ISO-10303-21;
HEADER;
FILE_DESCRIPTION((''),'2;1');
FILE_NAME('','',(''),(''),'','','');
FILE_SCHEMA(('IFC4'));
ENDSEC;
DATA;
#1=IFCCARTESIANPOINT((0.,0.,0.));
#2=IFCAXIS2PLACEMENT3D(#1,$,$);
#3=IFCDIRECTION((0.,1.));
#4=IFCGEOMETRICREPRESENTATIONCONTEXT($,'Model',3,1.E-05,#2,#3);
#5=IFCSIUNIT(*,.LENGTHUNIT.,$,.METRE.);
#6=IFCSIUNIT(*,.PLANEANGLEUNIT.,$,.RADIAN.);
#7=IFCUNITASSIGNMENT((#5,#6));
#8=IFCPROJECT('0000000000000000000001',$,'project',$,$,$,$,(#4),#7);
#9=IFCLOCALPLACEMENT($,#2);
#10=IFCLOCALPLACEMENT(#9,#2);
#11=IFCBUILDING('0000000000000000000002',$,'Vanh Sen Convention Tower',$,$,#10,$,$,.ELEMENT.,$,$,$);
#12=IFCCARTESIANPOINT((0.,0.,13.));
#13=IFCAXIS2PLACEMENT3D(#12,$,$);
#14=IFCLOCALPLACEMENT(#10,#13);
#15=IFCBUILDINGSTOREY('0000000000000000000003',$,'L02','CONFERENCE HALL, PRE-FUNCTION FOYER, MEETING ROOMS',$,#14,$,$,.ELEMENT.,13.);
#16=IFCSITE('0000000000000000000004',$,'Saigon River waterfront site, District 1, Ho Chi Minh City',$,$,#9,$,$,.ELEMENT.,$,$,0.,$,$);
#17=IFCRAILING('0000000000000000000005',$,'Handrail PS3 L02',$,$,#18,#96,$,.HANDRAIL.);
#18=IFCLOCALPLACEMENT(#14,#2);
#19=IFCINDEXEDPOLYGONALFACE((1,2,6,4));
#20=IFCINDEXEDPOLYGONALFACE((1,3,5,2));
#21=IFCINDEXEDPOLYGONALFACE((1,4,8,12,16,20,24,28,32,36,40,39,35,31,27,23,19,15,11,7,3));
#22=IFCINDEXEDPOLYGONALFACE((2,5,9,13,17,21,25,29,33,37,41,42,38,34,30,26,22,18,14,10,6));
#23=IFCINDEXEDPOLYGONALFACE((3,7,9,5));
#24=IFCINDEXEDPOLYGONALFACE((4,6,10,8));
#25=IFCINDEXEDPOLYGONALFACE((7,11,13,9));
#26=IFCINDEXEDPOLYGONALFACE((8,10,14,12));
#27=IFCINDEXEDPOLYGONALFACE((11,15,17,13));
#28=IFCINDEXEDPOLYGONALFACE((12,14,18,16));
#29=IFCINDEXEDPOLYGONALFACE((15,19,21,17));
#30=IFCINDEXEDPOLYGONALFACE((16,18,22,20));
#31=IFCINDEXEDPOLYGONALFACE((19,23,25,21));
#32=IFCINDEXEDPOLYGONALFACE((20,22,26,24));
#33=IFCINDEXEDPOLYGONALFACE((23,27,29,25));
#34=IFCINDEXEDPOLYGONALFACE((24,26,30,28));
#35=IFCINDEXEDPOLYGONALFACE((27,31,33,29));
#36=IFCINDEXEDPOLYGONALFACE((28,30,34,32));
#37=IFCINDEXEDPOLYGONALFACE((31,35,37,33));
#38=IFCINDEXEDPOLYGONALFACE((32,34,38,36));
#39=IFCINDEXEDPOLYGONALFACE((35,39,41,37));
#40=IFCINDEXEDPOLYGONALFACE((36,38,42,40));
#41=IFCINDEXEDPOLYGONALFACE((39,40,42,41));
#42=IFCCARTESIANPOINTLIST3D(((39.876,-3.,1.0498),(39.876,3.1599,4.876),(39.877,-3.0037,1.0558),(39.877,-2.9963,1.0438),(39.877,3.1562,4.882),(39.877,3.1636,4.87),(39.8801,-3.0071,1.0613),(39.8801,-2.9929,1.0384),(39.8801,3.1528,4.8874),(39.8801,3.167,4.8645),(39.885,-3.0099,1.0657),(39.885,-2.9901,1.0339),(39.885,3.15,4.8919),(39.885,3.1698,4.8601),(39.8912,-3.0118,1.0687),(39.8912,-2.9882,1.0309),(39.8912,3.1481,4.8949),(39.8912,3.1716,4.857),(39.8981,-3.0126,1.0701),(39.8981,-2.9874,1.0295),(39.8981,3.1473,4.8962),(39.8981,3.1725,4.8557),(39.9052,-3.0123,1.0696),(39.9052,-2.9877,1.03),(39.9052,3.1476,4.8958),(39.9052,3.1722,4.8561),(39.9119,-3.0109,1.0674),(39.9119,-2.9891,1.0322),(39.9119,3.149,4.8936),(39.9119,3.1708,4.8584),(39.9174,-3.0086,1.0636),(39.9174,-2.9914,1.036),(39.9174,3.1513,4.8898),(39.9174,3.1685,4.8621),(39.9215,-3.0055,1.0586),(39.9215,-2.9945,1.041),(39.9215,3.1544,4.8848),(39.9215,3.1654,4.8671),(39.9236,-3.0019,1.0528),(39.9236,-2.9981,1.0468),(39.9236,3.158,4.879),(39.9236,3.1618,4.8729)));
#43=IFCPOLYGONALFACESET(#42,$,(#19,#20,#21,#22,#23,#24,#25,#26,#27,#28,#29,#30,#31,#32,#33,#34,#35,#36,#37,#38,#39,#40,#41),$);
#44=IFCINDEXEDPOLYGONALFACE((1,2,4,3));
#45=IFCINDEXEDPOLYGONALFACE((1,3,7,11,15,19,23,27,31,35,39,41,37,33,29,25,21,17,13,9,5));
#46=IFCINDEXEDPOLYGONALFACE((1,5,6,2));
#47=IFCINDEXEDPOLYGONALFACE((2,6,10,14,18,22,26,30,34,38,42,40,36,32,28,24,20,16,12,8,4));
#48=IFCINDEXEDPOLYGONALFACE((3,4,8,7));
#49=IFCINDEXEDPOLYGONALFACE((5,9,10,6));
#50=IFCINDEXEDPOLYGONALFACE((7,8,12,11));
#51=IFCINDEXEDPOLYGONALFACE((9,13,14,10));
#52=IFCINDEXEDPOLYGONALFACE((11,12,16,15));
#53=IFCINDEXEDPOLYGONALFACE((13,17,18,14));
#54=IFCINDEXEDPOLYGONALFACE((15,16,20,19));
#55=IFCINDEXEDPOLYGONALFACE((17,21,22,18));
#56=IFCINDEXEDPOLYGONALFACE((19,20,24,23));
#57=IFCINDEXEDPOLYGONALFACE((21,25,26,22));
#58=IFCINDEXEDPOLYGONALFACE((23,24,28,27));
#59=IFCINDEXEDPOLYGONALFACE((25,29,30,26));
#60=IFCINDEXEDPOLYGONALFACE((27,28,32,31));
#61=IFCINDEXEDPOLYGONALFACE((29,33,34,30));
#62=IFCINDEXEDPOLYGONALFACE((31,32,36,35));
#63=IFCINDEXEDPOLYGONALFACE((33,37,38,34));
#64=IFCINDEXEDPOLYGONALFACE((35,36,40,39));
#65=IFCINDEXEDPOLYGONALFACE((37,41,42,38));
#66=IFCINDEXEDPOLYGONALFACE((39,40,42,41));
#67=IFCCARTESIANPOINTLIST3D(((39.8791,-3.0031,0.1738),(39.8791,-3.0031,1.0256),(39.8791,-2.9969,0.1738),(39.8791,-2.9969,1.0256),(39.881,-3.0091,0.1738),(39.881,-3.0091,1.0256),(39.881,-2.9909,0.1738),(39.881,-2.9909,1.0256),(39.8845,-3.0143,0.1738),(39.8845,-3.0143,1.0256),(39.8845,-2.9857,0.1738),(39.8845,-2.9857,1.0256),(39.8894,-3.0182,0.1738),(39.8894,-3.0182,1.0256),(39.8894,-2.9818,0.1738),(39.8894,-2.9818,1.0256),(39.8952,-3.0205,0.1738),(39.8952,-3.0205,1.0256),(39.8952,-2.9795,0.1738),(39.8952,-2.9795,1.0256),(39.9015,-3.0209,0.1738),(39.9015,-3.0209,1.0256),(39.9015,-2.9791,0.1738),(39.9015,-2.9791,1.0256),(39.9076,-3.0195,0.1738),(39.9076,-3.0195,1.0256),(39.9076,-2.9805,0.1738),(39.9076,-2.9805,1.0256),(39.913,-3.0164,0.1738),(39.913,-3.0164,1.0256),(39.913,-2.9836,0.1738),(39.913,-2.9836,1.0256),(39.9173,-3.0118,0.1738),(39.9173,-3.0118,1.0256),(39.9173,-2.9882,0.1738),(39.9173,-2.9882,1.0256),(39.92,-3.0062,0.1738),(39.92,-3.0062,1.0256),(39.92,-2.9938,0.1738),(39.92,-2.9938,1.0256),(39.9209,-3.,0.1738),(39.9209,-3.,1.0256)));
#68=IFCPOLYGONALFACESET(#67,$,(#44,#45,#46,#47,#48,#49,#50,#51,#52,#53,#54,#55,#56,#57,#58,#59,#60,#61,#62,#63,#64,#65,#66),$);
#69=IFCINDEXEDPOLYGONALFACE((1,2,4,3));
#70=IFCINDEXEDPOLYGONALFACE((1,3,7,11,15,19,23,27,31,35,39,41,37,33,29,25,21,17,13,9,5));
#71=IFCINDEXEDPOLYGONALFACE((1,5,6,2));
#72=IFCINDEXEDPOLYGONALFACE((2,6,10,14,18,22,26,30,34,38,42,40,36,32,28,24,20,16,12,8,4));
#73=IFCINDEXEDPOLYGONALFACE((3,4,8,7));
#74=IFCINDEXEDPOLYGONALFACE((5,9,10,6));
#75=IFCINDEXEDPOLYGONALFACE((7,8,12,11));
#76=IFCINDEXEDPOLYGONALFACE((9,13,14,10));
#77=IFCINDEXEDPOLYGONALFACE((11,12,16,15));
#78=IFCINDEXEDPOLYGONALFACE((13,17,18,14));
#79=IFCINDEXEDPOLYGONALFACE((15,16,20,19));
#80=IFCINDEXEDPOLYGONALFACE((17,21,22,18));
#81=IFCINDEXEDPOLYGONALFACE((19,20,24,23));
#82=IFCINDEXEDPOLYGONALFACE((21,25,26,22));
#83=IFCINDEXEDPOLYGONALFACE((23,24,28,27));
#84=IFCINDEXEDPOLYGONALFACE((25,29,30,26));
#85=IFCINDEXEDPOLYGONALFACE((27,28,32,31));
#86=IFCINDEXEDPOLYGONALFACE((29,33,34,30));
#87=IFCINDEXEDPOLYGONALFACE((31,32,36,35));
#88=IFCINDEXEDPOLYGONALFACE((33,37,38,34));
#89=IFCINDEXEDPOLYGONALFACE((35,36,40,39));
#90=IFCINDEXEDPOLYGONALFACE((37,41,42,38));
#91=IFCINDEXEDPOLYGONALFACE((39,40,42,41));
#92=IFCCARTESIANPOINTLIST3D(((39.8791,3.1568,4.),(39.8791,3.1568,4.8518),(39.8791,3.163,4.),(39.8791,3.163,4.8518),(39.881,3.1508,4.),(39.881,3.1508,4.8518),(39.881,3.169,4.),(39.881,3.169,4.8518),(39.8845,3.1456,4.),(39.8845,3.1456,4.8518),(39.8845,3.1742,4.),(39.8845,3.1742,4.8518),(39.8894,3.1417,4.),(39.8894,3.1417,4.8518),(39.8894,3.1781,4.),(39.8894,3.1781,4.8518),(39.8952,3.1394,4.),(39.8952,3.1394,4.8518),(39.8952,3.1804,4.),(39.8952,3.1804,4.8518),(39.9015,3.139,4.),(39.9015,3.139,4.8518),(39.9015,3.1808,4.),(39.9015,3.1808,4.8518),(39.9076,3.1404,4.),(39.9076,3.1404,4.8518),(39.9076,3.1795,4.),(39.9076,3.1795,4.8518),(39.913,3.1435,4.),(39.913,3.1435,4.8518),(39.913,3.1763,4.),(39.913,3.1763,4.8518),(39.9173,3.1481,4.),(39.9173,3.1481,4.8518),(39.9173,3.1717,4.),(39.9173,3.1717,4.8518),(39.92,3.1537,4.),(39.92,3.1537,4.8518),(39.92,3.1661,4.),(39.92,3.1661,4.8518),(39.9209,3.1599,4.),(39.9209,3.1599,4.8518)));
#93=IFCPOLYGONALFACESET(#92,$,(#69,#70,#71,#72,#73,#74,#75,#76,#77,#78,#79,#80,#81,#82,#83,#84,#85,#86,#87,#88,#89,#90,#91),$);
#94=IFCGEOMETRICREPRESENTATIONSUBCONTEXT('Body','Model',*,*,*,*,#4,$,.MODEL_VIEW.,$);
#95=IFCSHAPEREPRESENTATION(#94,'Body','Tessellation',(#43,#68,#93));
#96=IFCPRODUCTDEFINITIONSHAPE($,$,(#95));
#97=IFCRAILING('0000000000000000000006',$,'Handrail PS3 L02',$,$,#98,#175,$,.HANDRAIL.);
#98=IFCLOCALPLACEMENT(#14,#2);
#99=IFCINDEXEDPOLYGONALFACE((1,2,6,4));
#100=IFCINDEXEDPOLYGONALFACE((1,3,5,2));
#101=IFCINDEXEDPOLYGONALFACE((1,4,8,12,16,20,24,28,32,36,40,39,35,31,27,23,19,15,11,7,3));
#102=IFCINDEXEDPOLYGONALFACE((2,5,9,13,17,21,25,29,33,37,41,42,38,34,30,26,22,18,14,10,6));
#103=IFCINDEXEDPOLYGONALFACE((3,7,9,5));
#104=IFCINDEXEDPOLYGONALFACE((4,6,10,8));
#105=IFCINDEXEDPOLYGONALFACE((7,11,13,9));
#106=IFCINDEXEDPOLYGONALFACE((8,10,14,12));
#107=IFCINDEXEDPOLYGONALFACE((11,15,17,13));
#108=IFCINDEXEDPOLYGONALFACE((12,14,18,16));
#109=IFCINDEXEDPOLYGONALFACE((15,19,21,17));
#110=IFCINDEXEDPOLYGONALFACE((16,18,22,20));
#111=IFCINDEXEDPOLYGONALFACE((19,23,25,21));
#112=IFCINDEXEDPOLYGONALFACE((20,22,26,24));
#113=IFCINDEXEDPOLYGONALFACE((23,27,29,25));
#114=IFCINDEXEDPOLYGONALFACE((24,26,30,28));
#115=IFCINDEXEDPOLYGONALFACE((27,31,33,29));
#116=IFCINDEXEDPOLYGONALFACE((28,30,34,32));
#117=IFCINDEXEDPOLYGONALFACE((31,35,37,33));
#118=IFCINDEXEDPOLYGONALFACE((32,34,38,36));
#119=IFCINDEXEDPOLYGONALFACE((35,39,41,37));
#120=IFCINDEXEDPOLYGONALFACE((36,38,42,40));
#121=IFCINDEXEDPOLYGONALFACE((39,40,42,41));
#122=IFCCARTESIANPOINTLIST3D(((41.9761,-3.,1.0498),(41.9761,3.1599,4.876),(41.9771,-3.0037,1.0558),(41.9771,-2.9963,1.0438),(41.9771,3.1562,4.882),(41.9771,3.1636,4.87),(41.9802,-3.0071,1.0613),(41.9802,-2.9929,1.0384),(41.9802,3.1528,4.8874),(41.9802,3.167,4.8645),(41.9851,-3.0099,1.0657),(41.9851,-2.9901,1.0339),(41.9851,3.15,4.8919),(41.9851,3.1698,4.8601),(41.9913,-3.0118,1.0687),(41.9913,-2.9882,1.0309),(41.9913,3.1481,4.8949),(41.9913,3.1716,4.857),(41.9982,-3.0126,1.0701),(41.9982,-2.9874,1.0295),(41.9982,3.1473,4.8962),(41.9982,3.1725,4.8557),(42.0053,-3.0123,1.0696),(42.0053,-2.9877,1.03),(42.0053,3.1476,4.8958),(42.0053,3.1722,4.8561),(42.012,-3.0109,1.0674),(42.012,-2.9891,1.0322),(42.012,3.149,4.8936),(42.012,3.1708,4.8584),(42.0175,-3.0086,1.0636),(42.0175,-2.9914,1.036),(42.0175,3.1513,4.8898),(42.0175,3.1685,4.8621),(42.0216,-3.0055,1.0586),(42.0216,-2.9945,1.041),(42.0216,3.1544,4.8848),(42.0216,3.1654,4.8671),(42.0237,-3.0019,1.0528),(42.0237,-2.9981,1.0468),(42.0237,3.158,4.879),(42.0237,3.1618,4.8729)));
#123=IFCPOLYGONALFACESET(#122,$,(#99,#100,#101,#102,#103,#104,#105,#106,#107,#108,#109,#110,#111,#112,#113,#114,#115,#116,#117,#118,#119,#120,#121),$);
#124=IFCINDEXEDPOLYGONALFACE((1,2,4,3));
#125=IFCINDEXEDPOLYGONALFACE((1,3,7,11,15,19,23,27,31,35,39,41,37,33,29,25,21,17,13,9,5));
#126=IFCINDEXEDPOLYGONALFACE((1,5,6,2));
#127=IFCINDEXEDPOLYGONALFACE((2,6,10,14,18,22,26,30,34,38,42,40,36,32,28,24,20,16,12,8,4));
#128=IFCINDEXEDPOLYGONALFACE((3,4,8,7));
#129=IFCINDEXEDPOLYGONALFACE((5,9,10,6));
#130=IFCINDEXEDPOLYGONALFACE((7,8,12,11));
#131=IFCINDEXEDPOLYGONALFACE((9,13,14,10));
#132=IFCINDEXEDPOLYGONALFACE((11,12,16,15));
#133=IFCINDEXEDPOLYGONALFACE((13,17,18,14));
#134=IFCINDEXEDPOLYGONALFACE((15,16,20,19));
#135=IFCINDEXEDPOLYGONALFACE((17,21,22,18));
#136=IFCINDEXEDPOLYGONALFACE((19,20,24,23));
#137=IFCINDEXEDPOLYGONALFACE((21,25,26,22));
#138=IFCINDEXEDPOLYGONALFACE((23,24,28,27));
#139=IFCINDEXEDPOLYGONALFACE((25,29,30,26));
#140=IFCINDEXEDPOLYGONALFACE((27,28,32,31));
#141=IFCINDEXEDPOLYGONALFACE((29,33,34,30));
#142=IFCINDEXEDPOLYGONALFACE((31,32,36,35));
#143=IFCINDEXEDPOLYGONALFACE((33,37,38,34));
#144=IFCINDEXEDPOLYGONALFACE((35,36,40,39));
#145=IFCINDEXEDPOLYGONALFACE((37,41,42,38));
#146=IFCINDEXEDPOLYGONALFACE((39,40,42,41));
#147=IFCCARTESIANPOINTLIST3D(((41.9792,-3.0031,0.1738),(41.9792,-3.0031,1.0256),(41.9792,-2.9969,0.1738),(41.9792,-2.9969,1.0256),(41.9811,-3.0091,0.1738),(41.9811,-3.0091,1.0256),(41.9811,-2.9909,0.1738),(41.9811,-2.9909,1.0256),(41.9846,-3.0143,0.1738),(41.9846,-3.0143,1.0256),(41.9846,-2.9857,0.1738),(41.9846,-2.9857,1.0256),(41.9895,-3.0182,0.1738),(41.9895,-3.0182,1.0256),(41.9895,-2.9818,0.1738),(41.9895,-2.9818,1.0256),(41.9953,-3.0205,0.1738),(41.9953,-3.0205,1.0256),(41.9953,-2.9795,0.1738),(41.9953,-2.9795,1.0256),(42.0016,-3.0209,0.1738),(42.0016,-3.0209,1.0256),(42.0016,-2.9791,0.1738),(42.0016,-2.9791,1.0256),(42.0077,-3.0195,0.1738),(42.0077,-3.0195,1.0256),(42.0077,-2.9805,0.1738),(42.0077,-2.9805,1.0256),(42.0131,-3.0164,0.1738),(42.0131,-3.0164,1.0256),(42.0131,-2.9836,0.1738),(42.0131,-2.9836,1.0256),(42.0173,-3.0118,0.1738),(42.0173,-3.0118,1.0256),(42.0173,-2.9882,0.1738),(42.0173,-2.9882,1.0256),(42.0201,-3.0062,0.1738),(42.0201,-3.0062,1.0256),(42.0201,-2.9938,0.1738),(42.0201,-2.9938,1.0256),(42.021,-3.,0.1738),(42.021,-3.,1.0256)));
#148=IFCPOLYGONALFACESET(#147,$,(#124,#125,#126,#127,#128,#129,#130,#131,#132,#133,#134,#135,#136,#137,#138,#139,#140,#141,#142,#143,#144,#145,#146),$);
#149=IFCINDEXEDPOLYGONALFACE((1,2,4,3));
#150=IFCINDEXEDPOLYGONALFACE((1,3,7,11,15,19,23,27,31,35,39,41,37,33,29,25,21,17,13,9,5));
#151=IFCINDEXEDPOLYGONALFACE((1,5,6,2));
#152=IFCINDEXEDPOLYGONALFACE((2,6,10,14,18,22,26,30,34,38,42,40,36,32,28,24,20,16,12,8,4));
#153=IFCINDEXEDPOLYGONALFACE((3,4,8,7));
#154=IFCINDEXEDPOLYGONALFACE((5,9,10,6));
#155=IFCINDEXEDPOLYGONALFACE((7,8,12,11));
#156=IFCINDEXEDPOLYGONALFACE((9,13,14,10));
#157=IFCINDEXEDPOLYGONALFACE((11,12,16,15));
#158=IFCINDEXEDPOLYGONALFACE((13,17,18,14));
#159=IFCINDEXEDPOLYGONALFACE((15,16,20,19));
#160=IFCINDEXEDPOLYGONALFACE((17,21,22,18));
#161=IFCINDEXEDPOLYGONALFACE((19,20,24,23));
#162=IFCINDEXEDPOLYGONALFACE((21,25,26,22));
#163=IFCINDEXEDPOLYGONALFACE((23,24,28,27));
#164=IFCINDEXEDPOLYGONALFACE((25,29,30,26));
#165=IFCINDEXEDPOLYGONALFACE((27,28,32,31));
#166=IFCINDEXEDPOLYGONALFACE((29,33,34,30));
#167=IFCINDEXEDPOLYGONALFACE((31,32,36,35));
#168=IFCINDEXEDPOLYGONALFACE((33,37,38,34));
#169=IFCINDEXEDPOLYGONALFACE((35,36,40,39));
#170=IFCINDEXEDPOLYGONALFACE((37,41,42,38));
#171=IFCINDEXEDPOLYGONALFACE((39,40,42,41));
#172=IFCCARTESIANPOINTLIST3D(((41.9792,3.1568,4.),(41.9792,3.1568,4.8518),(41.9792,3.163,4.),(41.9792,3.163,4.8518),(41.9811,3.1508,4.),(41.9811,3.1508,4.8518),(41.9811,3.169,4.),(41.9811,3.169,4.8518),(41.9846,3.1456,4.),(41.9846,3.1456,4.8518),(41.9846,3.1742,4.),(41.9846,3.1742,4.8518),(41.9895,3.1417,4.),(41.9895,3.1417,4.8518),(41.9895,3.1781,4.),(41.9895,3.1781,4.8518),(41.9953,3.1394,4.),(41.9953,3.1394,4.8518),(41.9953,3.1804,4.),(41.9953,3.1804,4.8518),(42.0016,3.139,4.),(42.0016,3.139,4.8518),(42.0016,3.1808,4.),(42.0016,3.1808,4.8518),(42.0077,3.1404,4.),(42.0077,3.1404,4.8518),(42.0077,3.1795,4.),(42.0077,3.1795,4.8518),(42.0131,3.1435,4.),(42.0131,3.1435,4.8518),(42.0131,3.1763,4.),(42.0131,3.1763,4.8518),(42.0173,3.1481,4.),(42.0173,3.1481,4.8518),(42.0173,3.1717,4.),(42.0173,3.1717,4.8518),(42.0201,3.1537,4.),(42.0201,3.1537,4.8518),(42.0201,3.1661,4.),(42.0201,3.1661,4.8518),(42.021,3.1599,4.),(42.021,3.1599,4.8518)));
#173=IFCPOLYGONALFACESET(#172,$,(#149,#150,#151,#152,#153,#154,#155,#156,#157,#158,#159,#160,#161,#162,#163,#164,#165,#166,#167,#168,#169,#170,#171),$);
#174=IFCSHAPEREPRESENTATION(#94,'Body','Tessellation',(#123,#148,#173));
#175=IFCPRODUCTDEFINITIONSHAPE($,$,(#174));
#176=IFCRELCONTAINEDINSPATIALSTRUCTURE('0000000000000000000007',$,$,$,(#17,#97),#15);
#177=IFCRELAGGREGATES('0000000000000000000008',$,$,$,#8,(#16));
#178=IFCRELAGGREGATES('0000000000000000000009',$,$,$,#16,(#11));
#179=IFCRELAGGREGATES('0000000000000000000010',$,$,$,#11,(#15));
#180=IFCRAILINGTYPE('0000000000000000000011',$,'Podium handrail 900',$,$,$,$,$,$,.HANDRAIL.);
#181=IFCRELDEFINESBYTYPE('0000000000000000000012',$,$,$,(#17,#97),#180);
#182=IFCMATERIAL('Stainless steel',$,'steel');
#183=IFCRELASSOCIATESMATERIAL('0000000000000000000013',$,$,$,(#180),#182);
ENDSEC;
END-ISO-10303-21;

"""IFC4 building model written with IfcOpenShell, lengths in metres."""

from ifc_helpers import new_model, si_unit, direction, frame, origin, origin_2d, place, context, subcontext, project, spatial, circle, extrude, material, type_object, element, save


model = new_model("IFC4")

# Units and contexts
model_context = context("Model", 3, precision=1e-05, world=origin(), true_north=direction((0.0, 1.0)))
body_context = subcontext(model_context, "Body", "Model", "MODEL_VIEW")
ifc_project = project(units=[si_unit("LENGTHUNIT", "METRE"), si_unit("PLANEANGLEUNIT", "RADIAN")], contexts=[model_context])

# Site, building, storey
site_placement = place(None, origin())
site = spatial("IfcSite", under=ifc_project, at=site_placement, Name="Saigon River waterfront site, District 1, Ho Chi Minh City", CompositionType="ELEMENT", RefElevation=0.0)
building_placement = place(site_placement, origin())
building = spatial("IfcBuilding", under=site, at=building_placement, Name="Vanh Sen Convention Tower", CompositionType="ELEMENT")
storey_placement = place(building_placement, frame((0.0, 0.0, 13.0)))
storey = spatial("IfcBuildingStorey", under=building, at=storey_placement, Name="L02", Description="CONFERENCE HALL, PRE-FUNCTION FOYER, MEETING ROOMS", CompositionType="ELEMENT", Elevation=13.0)

# Railings
ifc_material_1 = material(Name="Stainless steel", Category="steel")
railing_type = type_object("IfcRailingType", Name="Podium handrail 900", PredefinedType="HANDRAIL", material=ifc_material_1)
for number, where, name in (
    (1, (39.8999, -3.0, 0.1738), "Handrail PS3 L02"),
    (2, (42.0, -3.0, 0.1738), "Handrail PS3 L02"),
):
    element("IfcRailing", number, at=place(storey_placement, frame(where)), inside=storey, type_object=railing_type, Name=name, PredefinedType="HANDRAIL", context=body_context, shape_type="SweptSolid", body=[
        extrude(circle(Radius=0.0239, at=origin_2d()), frame((0.0, 0.0, 0.876), z_axis=(0.0, 0.849468, 0.527639), x_axis=(-1.0, 0.0, 0.0)), (0.0, 0.0, 1.0), 7.2515),
        extrude(circle(Radius=0.021, at=origin_2d()), origin(), (0.0, 0.0, 1.0), 0.8518),
        extrude(circle(Radius=0.021, at=origin_2d()), frame((0.0, 6.1599, 3.8262)), (0.0, 0.0, 1.0), 0.8518),
    ])

save(model, "model.ifc")
